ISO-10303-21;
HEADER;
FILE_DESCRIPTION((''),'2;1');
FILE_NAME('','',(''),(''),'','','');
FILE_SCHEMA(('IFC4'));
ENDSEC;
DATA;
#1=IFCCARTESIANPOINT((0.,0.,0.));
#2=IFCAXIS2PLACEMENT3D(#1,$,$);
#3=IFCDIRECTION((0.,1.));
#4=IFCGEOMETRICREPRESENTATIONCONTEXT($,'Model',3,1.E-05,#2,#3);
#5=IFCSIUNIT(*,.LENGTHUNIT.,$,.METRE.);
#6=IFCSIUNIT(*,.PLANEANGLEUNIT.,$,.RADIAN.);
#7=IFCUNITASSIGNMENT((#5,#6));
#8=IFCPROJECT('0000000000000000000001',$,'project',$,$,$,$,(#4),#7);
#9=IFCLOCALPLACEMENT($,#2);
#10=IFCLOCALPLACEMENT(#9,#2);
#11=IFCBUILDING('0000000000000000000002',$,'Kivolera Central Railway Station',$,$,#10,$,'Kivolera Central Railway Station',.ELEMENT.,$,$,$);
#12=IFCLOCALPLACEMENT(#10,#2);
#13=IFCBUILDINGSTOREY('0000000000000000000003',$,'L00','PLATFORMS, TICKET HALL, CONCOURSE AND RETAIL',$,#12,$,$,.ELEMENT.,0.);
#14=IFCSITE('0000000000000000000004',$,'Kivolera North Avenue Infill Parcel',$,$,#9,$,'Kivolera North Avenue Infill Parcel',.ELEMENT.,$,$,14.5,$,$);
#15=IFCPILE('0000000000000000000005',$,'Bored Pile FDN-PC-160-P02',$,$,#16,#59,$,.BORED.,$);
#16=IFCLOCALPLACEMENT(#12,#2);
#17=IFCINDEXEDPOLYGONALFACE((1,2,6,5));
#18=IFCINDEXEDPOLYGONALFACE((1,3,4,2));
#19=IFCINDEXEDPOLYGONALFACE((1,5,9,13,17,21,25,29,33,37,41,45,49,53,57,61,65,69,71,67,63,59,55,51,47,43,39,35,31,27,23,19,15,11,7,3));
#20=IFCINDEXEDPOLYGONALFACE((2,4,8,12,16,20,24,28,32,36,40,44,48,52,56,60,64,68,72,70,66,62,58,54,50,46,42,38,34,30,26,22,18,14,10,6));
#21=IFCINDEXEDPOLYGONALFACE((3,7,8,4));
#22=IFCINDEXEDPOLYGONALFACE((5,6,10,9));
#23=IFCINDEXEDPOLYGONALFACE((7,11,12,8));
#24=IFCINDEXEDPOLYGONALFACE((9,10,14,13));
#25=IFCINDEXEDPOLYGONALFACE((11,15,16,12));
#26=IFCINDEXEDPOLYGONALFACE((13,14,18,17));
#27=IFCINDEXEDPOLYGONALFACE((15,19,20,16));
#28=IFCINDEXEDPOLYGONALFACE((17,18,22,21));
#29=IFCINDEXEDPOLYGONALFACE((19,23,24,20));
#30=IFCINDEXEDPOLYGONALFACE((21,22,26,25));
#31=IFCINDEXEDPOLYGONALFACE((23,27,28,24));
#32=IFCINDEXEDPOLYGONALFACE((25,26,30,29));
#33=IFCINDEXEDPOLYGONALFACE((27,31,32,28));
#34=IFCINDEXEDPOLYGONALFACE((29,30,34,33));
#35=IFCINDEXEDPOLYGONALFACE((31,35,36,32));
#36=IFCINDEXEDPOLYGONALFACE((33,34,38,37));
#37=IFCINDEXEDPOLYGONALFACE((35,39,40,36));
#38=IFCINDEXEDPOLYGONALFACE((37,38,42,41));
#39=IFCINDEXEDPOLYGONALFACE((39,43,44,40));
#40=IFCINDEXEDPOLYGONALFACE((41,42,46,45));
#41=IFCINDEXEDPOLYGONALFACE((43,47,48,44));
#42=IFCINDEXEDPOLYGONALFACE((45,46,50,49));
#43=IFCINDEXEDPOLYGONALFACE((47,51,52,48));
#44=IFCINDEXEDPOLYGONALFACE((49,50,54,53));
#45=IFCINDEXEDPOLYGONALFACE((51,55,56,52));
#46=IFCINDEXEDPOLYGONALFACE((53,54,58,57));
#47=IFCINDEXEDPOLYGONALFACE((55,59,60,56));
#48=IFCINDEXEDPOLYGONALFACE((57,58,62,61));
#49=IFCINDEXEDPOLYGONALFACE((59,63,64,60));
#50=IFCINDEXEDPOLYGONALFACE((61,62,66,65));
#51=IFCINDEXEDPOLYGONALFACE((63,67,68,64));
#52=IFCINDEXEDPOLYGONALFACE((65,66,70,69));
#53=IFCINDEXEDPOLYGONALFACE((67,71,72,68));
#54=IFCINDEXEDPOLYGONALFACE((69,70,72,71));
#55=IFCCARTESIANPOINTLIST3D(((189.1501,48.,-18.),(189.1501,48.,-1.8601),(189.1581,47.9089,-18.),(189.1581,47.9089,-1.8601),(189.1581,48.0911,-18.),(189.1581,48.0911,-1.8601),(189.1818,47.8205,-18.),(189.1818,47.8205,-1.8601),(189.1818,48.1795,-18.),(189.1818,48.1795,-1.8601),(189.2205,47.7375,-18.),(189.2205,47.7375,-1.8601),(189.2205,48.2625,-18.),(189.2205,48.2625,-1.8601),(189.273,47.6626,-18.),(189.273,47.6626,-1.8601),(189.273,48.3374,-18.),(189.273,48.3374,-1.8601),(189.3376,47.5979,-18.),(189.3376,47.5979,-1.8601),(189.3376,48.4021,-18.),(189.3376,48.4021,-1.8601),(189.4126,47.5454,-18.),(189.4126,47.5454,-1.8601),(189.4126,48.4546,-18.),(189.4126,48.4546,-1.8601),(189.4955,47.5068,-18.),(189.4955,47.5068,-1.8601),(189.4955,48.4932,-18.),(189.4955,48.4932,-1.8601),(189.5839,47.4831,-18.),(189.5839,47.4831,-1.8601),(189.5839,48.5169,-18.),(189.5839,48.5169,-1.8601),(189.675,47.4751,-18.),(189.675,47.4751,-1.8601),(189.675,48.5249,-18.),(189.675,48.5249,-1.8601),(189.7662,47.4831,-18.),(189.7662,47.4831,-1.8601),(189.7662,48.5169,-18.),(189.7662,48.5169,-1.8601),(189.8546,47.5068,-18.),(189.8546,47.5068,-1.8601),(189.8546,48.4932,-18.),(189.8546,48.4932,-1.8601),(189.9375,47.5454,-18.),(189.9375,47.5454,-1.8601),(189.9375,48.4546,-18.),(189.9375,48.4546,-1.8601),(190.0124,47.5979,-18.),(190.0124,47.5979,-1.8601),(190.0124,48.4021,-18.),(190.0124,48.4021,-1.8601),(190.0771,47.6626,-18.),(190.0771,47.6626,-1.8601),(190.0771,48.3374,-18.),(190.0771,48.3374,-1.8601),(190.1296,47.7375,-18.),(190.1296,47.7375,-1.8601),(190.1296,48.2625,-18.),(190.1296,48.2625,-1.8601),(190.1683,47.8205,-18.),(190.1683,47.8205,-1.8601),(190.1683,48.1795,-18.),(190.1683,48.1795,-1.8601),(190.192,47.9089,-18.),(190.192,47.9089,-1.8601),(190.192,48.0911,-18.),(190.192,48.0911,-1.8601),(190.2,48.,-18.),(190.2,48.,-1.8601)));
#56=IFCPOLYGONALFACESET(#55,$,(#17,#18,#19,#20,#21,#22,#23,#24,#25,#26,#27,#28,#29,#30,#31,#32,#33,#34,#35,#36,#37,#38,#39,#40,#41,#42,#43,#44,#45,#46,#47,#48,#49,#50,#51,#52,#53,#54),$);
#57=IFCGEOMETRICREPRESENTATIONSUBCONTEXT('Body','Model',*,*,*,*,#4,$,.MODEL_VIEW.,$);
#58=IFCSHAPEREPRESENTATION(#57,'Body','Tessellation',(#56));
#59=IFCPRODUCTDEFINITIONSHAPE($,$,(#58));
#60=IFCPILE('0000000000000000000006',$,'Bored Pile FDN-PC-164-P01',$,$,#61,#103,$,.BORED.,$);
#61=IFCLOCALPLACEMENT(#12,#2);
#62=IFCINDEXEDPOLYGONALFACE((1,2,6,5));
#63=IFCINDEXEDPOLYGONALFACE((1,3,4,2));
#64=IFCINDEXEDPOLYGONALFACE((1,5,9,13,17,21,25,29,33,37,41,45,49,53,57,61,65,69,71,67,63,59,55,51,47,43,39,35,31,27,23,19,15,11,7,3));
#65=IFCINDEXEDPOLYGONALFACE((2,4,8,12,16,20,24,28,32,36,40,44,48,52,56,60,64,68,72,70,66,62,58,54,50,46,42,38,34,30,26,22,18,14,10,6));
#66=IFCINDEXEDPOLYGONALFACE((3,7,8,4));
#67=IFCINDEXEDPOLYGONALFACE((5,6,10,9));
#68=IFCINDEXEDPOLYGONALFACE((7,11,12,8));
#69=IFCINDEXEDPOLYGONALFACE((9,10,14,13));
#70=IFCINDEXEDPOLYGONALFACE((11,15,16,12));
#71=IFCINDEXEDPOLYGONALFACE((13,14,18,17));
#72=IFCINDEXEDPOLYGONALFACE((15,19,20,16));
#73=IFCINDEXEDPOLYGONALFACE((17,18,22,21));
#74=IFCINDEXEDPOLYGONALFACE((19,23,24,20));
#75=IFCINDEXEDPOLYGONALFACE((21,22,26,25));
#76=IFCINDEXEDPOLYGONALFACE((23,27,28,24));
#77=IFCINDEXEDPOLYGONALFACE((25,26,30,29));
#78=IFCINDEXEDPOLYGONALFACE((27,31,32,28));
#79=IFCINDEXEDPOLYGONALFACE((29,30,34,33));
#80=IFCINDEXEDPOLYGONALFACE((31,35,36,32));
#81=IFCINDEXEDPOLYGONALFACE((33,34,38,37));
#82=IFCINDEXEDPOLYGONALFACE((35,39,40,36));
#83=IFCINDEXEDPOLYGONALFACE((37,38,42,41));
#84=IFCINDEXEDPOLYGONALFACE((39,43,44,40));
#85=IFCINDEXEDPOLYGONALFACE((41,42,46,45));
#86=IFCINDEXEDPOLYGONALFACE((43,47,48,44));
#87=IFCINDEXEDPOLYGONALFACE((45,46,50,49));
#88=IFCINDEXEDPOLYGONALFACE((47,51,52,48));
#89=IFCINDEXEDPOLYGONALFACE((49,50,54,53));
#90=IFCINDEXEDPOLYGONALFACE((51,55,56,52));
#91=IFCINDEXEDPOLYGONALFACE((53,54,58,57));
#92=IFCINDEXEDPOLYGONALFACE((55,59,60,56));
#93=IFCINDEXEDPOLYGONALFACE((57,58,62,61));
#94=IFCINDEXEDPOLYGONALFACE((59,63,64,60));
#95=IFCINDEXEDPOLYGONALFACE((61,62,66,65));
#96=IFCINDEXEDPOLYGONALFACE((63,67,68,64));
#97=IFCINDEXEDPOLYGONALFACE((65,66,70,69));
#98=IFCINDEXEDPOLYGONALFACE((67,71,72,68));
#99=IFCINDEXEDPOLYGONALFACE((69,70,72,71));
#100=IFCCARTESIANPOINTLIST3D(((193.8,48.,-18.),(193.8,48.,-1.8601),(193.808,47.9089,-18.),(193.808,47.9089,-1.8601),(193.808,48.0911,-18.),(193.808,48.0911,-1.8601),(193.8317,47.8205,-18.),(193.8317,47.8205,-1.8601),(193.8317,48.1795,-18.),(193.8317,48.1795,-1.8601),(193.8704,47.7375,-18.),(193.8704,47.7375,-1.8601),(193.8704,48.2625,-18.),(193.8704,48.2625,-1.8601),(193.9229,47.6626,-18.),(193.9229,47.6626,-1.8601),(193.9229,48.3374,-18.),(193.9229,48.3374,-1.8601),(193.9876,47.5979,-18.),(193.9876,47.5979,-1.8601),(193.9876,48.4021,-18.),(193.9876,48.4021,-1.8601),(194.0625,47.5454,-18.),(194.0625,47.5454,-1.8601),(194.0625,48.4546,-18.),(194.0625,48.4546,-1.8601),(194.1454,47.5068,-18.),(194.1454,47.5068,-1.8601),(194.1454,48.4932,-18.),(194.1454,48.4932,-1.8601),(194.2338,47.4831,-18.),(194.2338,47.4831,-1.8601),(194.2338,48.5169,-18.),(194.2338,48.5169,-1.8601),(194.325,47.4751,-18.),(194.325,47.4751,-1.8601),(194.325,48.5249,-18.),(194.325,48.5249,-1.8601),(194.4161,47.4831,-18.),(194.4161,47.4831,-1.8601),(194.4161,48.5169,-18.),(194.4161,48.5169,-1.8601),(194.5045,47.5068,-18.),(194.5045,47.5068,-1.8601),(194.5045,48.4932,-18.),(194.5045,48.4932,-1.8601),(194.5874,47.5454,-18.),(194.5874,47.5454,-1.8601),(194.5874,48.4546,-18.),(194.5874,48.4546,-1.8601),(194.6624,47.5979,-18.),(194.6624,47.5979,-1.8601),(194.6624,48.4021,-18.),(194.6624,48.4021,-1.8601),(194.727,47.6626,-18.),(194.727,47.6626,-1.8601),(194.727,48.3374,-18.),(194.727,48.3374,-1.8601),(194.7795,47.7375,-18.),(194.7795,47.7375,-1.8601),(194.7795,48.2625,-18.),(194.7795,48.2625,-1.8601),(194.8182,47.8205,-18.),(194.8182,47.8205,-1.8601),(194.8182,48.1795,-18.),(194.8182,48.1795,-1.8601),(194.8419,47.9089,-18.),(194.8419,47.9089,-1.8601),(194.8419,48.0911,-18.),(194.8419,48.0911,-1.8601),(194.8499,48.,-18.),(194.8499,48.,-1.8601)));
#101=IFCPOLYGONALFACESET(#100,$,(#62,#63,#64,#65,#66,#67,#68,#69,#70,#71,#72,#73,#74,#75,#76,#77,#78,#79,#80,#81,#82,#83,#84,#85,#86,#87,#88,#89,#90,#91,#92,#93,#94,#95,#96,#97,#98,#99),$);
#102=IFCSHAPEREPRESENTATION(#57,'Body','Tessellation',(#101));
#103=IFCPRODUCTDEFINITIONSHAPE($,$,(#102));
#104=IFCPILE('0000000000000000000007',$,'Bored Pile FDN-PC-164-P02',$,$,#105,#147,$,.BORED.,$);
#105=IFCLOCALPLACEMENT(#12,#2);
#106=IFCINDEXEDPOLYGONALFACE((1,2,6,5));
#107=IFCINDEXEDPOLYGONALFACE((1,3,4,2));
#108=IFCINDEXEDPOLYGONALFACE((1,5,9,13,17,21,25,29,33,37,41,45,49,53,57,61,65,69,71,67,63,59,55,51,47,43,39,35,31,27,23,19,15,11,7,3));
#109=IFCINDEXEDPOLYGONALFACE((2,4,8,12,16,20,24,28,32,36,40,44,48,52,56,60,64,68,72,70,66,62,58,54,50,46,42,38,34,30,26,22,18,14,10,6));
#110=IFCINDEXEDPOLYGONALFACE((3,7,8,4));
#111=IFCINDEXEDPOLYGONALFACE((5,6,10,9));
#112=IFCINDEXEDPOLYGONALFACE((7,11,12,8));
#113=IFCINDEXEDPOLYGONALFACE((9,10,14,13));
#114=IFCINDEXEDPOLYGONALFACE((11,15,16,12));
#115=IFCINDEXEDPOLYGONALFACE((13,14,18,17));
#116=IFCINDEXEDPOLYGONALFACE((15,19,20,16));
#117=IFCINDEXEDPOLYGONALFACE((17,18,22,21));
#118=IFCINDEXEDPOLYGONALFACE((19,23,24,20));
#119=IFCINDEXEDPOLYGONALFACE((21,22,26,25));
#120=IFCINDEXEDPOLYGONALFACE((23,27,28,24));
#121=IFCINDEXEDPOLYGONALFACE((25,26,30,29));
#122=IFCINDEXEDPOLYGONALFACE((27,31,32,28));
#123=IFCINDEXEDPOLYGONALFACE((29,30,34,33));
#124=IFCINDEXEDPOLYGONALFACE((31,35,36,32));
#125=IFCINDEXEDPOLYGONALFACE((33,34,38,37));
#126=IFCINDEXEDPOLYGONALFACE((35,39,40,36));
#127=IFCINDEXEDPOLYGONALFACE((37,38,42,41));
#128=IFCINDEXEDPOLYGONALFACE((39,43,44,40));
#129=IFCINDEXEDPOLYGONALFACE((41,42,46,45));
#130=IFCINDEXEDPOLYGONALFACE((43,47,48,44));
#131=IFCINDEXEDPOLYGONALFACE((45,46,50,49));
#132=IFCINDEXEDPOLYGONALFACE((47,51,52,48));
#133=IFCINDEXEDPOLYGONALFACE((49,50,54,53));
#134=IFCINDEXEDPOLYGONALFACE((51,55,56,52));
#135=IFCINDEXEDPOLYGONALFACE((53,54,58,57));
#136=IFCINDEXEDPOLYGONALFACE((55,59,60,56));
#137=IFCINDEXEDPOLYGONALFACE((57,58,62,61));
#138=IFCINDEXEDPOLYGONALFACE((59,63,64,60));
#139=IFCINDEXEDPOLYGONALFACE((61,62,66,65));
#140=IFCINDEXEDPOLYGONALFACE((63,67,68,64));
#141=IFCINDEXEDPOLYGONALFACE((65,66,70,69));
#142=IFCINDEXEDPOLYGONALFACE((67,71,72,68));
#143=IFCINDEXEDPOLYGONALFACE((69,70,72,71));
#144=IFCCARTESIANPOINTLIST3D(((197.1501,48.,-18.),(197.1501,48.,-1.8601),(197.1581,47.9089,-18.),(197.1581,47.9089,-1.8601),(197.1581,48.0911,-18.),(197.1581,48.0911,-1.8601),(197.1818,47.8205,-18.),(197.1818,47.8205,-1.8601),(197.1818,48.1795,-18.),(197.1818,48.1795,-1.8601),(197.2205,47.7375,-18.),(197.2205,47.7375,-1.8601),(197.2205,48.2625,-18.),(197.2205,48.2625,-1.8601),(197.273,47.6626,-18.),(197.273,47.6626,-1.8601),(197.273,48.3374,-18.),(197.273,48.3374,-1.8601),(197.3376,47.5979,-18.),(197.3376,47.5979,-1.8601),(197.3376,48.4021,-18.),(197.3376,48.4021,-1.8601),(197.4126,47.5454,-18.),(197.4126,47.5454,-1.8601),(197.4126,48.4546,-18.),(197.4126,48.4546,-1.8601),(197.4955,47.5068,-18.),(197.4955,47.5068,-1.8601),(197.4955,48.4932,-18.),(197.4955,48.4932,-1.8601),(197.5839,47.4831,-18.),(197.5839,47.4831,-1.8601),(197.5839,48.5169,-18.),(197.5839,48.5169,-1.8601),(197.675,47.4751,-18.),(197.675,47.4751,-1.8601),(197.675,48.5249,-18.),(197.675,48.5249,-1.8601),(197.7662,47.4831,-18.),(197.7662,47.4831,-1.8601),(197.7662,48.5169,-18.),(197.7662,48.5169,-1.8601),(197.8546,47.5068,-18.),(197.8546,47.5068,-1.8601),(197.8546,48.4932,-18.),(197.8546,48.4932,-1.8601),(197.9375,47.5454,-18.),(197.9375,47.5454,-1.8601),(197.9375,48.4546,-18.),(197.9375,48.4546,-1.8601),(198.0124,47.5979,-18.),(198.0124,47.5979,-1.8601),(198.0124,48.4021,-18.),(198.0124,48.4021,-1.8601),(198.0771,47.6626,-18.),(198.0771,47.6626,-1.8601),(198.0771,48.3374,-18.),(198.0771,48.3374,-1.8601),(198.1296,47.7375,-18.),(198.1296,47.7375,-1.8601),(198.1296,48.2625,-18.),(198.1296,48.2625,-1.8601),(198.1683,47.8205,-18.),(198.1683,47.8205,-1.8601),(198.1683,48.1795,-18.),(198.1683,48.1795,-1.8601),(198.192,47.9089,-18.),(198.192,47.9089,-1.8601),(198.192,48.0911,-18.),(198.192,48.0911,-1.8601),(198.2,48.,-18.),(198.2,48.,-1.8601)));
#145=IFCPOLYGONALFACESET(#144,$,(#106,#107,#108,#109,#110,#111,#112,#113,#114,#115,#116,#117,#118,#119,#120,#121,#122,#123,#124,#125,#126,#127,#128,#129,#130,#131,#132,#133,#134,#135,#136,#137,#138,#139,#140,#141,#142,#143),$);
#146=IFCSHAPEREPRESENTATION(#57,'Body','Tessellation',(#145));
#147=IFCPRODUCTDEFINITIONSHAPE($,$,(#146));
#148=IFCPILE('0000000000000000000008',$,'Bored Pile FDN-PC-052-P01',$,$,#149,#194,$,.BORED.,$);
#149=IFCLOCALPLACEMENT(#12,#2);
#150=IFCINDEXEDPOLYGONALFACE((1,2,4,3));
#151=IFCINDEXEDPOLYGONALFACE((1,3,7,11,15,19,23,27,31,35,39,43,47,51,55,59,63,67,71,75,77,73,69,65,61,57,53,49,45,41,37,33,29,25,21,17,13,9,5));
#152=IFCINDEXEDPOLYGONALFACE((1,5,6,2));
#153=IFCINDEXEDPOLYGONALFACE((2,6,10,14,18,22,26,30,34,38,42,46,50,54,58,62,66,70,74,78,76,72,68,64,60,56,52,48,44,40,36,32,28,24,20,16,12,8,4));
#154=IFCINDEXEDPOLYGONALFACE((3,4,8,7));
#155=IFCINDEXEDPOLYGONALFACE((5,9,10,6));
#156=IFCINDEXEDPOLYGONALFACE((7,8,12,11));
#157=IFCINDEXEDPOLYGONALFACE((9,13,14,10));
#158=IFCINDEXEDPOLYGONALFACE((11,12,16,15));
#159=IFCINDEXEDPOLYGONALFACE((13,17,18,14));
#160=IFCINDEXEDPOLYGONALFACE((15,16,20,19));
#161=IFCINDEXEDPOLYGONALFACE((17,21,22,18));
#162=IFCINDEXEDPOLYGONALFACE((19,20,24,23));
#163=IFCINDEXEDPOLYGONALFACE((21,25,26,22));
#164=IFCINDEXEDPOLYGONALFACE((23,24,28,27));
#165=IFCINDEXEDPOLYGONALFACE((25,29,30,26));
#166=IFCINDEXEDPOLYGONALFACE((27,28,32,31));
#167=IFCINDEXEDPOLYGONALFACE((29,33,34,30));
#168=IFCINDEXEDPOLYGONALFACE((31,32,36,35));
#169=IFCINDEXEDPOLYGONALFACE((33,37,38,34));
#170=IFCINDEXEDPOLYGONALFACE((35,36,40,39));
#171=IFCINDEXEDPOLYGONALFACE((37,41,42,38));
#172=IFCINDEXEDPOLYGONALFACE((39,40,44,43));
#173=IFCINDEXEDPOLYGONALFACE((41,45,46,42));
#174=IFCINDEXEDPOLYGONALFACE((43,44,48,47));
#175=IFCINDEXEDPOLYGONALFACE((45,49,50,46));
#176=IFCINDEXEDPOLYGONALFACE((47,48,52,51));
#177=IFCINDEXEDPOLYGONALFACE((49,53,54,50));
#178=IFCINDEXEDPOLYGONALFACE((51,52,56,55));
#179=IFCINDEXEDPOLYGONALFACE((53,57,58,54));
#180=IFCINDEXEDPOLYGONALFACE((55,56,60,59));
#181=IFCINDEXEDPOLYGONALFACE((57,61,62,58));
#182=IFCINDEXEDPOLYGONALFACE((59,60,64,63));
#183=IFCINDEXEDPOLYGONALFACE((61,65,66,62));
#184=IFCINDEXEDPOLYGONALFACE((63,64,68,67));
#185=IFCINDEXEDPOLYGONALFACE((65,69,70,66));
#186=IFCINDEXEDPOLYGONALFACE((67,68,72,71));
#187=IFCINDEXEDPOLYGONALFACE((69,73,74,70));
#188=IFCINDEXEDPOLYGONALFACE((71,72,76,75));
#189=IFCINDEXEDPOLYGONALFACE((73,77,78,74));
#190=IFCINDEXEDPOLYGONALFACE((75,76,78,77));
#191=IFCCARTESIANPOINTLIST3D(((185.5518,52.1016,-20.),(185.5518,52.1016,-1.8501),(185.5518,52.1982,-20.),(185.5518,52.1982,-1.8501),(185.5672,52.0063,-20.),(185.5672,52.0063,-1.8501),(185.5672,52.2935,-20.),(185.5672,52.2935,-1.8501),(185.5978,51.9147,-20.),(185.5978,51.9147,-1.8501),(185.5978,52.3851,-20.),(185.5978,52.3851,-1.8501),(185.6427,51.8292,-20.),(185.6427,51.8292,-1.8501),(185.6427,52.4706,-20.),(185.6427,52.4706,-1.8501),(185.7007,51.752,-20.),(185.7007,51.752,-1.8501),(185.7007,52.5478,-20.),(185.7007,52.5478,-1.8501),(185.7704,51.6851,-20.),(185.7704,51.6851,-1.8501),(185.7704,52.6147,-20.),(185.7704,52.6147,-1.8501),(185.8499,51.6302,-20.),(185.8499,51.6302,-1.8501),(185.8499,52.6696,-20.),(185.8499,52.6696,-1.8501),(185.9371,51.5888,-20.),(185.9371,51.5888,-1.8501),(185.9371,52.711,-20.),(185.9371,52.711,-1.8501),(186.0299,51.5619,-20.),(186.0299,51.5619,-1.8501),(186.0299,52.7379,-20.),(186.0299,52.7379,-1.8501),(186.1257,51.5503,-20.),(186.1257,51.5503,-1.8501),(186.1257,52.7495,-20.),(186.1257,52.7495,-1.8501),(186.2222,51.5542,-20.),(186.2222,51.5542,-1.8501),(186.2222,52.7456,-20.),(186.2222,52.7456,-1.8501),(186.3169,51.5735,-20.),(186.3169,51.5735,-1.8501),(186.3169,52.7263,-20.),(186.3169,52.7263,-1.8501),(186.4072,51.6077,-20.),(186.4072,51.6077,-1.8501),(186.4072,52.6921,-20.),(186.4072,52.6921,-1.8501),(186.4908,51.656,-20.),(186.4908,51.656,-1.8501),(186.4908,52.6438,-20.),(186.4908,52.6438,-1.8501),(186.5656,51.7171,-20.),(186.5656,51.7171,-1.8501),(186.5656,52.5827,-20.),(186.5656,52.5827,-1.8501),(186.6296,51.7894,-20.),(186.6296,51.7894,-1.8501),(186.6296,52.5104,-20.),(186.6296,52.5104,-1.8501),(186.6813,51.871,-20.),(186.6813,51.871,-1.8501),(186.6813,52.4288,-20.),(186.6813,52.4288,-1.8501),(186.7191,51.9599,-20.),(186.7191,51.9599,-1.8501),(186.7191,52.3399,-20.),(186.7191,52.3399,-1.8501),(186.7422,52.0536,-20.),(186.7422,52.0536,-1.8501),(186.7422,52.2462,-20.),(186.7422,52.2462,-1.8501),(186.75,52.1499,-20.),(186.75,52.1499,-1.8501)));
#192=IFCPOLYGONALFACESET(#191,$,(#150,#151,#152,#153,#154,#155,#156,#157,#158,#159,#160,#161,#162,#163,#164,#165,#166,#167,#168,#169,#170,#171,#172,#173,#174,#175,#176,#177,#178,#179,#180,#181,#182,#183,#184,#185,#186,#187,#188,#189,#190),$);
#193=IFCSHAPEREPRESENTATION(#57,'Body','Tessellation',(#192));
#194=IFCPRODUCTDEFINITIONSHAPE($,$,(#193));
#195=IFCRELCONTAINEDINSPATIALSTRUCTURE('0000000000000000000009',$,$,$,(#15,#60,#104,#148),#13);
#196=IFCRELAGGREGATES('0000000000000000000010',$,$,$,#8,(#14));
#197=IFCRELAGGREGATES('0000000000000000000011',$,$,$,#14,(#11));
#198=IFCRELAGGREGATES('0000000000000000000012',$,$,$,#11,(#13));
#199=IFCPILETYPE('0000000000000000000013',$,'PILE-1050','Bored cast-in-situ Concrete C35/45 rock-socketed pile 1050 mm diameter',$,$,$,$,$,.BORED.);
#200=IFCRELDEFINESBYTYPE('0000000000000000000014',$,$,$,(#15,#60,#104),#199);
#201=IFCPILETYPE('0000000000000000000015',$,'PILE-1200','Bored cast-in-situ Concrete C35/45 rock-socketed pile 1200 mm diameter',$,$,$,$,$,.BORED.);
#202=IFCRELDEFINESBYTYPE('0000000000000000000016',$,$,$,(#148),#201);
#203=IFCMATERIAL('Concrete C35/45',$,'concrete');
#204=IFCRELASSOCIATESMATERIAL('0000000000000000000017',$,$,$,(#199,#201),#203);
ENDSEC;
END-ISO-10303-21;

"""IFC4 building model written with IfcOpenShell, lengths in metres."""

from ifc_helpers import new_model, si_unit, direction, frame, origin, origin_2d, place, context, subcontext, project, spatial, circle, extrude, material, material_profile, profile_set, type_object, element, save


model = new_model("IFC4")

# Units and contexts
model_context = context("Model", 3, precision=1e-05, world=origin(), true_north=direction((0.0, 1.0)))
body_context = subcontext(model_context, "Body", "Model", "MODEL_VIEW")
ifc_project = project(units=[si_unit("LENGTHUNIT", "METRE"), si_unit("PLANEANGLEUNIT", "RADIAN")], contexts=[model_context])

# Site, building, storey
site_placement = place(None, origin())
site = spatial("IfcSite", under=ifc_project, at=site_placement, Name="Kivolera North Avenue Infill Parcel", LongName="Kivolera North Avenue Infill Parcel", CompositionType="ELEMENT", RefElevation=14.5)
building_placement = place(site_placement, origin())
building = spatial("IfcBuilding", under=site, at=building_placement, Name="Kivolera Central Railway Station", LongName="Kivolera Central Railway Station", CompositionType="ELEMENT")
storey_placement = place(building_placement, origin())
storey = spatial("IfcBuildingStorey", under=building, at=storey_placement, Name="L00", Description="PLATFORMS, TICKET HALL, CONCOURSE AND RETAIL", CompositionType="ELEMENT", Elevation=0.0)

# Shared definitions
ifc_material_1 = material(Name="Concrete C35/45", Category="concrete")

# Piles
ifc_material_profile_1 = material_profile(ifc_material_1, circle(Radius=0.5249, at=origin_2d()), Name="PILE D1050")
ifc_profile_set_1 = profile_set([ifc_material_profile_1], Name="Concrete C35/45")
pile_type_1 = type_object("IfcPileType", Name="PILE-1050", Description="Bored cast-in-situ Concrete C35/45 rock-socketed pile 1050 mm diameter", PredefinedType="BORED", material=ifc_profile_set_1)
for number, where, z_axis, x_axis, name in (
    (1, (189.675, 48.0, -1.8601), (0.0, 0.0, -1.0), (1.0, 0.0, 0.0), "Bored Pile FDN-PC-160-P02"),
    (2, (194.325, 48.0, -1.8601), (0.0, 0.0, -1.0), (1.0, 0.0, 0.0), "Bored Pile FDN-PC-164-P01"),
    (3, (197.675, 48.0, -1.8601), (0.0, 0.0, -1.0), (1.0, 0.0, 0.0), "Bored Pile FDN-PC-164-P02"),
):
    element("IfcPile", number, at=place(storey_placement, frame(where, z_axis=z_axis, x_axis=x_axis)), inside=storey, type_object=pile_type_1, Name=name, PredefinedType="BORED", context=body_context, shape_type="SweptSolid", body=[
        extrude(circle(Radius=0.5249, at=origin_2d()), origin(), (0.0, 0.0, 1.0), 16.1399),
    ])
ifc_material_profile_2 = material_profile(ifc_material_1, circle(Radius=0.6001, at=origin_2d()), Name="PILE D1200")
ifc_profile_set_2 = profile_set([ifc_material_profile_2], Name="Concrete C35/45")
pile_type_2 = type_object("IfcPileType", Name="PILE-1200", Description="Bored cast-in-situ Concrete C35/45 rock-socketed pile 1200 mm diameter", PredefinedType="BORED", material=ifc_profile_set_2)
for number, where, z_axis, x_axis, name in (
    (4, (186.1499, 52.1499, -1.8501), (0.0, 0.0, -1.0), (1.0, 0.0, 0.0), "Bored Pile FDN-PC-052-P01"),
):
    element("IfcPile", number, at=place(storey_placement, frame(where, z_axis=z_axis, x_axis=x_axis)), inside=storey, type_object=pile_type_2, Name=name, PredefinedType="BORED", context=body_context, shape_type="SweptSolid", body=[
        extrude(circle(Radius=0.6001, at=origin_2d()), origin(), (0.0, 0.0, 1.0), 18.1499),
    ])

save(model, "model.ifc")
